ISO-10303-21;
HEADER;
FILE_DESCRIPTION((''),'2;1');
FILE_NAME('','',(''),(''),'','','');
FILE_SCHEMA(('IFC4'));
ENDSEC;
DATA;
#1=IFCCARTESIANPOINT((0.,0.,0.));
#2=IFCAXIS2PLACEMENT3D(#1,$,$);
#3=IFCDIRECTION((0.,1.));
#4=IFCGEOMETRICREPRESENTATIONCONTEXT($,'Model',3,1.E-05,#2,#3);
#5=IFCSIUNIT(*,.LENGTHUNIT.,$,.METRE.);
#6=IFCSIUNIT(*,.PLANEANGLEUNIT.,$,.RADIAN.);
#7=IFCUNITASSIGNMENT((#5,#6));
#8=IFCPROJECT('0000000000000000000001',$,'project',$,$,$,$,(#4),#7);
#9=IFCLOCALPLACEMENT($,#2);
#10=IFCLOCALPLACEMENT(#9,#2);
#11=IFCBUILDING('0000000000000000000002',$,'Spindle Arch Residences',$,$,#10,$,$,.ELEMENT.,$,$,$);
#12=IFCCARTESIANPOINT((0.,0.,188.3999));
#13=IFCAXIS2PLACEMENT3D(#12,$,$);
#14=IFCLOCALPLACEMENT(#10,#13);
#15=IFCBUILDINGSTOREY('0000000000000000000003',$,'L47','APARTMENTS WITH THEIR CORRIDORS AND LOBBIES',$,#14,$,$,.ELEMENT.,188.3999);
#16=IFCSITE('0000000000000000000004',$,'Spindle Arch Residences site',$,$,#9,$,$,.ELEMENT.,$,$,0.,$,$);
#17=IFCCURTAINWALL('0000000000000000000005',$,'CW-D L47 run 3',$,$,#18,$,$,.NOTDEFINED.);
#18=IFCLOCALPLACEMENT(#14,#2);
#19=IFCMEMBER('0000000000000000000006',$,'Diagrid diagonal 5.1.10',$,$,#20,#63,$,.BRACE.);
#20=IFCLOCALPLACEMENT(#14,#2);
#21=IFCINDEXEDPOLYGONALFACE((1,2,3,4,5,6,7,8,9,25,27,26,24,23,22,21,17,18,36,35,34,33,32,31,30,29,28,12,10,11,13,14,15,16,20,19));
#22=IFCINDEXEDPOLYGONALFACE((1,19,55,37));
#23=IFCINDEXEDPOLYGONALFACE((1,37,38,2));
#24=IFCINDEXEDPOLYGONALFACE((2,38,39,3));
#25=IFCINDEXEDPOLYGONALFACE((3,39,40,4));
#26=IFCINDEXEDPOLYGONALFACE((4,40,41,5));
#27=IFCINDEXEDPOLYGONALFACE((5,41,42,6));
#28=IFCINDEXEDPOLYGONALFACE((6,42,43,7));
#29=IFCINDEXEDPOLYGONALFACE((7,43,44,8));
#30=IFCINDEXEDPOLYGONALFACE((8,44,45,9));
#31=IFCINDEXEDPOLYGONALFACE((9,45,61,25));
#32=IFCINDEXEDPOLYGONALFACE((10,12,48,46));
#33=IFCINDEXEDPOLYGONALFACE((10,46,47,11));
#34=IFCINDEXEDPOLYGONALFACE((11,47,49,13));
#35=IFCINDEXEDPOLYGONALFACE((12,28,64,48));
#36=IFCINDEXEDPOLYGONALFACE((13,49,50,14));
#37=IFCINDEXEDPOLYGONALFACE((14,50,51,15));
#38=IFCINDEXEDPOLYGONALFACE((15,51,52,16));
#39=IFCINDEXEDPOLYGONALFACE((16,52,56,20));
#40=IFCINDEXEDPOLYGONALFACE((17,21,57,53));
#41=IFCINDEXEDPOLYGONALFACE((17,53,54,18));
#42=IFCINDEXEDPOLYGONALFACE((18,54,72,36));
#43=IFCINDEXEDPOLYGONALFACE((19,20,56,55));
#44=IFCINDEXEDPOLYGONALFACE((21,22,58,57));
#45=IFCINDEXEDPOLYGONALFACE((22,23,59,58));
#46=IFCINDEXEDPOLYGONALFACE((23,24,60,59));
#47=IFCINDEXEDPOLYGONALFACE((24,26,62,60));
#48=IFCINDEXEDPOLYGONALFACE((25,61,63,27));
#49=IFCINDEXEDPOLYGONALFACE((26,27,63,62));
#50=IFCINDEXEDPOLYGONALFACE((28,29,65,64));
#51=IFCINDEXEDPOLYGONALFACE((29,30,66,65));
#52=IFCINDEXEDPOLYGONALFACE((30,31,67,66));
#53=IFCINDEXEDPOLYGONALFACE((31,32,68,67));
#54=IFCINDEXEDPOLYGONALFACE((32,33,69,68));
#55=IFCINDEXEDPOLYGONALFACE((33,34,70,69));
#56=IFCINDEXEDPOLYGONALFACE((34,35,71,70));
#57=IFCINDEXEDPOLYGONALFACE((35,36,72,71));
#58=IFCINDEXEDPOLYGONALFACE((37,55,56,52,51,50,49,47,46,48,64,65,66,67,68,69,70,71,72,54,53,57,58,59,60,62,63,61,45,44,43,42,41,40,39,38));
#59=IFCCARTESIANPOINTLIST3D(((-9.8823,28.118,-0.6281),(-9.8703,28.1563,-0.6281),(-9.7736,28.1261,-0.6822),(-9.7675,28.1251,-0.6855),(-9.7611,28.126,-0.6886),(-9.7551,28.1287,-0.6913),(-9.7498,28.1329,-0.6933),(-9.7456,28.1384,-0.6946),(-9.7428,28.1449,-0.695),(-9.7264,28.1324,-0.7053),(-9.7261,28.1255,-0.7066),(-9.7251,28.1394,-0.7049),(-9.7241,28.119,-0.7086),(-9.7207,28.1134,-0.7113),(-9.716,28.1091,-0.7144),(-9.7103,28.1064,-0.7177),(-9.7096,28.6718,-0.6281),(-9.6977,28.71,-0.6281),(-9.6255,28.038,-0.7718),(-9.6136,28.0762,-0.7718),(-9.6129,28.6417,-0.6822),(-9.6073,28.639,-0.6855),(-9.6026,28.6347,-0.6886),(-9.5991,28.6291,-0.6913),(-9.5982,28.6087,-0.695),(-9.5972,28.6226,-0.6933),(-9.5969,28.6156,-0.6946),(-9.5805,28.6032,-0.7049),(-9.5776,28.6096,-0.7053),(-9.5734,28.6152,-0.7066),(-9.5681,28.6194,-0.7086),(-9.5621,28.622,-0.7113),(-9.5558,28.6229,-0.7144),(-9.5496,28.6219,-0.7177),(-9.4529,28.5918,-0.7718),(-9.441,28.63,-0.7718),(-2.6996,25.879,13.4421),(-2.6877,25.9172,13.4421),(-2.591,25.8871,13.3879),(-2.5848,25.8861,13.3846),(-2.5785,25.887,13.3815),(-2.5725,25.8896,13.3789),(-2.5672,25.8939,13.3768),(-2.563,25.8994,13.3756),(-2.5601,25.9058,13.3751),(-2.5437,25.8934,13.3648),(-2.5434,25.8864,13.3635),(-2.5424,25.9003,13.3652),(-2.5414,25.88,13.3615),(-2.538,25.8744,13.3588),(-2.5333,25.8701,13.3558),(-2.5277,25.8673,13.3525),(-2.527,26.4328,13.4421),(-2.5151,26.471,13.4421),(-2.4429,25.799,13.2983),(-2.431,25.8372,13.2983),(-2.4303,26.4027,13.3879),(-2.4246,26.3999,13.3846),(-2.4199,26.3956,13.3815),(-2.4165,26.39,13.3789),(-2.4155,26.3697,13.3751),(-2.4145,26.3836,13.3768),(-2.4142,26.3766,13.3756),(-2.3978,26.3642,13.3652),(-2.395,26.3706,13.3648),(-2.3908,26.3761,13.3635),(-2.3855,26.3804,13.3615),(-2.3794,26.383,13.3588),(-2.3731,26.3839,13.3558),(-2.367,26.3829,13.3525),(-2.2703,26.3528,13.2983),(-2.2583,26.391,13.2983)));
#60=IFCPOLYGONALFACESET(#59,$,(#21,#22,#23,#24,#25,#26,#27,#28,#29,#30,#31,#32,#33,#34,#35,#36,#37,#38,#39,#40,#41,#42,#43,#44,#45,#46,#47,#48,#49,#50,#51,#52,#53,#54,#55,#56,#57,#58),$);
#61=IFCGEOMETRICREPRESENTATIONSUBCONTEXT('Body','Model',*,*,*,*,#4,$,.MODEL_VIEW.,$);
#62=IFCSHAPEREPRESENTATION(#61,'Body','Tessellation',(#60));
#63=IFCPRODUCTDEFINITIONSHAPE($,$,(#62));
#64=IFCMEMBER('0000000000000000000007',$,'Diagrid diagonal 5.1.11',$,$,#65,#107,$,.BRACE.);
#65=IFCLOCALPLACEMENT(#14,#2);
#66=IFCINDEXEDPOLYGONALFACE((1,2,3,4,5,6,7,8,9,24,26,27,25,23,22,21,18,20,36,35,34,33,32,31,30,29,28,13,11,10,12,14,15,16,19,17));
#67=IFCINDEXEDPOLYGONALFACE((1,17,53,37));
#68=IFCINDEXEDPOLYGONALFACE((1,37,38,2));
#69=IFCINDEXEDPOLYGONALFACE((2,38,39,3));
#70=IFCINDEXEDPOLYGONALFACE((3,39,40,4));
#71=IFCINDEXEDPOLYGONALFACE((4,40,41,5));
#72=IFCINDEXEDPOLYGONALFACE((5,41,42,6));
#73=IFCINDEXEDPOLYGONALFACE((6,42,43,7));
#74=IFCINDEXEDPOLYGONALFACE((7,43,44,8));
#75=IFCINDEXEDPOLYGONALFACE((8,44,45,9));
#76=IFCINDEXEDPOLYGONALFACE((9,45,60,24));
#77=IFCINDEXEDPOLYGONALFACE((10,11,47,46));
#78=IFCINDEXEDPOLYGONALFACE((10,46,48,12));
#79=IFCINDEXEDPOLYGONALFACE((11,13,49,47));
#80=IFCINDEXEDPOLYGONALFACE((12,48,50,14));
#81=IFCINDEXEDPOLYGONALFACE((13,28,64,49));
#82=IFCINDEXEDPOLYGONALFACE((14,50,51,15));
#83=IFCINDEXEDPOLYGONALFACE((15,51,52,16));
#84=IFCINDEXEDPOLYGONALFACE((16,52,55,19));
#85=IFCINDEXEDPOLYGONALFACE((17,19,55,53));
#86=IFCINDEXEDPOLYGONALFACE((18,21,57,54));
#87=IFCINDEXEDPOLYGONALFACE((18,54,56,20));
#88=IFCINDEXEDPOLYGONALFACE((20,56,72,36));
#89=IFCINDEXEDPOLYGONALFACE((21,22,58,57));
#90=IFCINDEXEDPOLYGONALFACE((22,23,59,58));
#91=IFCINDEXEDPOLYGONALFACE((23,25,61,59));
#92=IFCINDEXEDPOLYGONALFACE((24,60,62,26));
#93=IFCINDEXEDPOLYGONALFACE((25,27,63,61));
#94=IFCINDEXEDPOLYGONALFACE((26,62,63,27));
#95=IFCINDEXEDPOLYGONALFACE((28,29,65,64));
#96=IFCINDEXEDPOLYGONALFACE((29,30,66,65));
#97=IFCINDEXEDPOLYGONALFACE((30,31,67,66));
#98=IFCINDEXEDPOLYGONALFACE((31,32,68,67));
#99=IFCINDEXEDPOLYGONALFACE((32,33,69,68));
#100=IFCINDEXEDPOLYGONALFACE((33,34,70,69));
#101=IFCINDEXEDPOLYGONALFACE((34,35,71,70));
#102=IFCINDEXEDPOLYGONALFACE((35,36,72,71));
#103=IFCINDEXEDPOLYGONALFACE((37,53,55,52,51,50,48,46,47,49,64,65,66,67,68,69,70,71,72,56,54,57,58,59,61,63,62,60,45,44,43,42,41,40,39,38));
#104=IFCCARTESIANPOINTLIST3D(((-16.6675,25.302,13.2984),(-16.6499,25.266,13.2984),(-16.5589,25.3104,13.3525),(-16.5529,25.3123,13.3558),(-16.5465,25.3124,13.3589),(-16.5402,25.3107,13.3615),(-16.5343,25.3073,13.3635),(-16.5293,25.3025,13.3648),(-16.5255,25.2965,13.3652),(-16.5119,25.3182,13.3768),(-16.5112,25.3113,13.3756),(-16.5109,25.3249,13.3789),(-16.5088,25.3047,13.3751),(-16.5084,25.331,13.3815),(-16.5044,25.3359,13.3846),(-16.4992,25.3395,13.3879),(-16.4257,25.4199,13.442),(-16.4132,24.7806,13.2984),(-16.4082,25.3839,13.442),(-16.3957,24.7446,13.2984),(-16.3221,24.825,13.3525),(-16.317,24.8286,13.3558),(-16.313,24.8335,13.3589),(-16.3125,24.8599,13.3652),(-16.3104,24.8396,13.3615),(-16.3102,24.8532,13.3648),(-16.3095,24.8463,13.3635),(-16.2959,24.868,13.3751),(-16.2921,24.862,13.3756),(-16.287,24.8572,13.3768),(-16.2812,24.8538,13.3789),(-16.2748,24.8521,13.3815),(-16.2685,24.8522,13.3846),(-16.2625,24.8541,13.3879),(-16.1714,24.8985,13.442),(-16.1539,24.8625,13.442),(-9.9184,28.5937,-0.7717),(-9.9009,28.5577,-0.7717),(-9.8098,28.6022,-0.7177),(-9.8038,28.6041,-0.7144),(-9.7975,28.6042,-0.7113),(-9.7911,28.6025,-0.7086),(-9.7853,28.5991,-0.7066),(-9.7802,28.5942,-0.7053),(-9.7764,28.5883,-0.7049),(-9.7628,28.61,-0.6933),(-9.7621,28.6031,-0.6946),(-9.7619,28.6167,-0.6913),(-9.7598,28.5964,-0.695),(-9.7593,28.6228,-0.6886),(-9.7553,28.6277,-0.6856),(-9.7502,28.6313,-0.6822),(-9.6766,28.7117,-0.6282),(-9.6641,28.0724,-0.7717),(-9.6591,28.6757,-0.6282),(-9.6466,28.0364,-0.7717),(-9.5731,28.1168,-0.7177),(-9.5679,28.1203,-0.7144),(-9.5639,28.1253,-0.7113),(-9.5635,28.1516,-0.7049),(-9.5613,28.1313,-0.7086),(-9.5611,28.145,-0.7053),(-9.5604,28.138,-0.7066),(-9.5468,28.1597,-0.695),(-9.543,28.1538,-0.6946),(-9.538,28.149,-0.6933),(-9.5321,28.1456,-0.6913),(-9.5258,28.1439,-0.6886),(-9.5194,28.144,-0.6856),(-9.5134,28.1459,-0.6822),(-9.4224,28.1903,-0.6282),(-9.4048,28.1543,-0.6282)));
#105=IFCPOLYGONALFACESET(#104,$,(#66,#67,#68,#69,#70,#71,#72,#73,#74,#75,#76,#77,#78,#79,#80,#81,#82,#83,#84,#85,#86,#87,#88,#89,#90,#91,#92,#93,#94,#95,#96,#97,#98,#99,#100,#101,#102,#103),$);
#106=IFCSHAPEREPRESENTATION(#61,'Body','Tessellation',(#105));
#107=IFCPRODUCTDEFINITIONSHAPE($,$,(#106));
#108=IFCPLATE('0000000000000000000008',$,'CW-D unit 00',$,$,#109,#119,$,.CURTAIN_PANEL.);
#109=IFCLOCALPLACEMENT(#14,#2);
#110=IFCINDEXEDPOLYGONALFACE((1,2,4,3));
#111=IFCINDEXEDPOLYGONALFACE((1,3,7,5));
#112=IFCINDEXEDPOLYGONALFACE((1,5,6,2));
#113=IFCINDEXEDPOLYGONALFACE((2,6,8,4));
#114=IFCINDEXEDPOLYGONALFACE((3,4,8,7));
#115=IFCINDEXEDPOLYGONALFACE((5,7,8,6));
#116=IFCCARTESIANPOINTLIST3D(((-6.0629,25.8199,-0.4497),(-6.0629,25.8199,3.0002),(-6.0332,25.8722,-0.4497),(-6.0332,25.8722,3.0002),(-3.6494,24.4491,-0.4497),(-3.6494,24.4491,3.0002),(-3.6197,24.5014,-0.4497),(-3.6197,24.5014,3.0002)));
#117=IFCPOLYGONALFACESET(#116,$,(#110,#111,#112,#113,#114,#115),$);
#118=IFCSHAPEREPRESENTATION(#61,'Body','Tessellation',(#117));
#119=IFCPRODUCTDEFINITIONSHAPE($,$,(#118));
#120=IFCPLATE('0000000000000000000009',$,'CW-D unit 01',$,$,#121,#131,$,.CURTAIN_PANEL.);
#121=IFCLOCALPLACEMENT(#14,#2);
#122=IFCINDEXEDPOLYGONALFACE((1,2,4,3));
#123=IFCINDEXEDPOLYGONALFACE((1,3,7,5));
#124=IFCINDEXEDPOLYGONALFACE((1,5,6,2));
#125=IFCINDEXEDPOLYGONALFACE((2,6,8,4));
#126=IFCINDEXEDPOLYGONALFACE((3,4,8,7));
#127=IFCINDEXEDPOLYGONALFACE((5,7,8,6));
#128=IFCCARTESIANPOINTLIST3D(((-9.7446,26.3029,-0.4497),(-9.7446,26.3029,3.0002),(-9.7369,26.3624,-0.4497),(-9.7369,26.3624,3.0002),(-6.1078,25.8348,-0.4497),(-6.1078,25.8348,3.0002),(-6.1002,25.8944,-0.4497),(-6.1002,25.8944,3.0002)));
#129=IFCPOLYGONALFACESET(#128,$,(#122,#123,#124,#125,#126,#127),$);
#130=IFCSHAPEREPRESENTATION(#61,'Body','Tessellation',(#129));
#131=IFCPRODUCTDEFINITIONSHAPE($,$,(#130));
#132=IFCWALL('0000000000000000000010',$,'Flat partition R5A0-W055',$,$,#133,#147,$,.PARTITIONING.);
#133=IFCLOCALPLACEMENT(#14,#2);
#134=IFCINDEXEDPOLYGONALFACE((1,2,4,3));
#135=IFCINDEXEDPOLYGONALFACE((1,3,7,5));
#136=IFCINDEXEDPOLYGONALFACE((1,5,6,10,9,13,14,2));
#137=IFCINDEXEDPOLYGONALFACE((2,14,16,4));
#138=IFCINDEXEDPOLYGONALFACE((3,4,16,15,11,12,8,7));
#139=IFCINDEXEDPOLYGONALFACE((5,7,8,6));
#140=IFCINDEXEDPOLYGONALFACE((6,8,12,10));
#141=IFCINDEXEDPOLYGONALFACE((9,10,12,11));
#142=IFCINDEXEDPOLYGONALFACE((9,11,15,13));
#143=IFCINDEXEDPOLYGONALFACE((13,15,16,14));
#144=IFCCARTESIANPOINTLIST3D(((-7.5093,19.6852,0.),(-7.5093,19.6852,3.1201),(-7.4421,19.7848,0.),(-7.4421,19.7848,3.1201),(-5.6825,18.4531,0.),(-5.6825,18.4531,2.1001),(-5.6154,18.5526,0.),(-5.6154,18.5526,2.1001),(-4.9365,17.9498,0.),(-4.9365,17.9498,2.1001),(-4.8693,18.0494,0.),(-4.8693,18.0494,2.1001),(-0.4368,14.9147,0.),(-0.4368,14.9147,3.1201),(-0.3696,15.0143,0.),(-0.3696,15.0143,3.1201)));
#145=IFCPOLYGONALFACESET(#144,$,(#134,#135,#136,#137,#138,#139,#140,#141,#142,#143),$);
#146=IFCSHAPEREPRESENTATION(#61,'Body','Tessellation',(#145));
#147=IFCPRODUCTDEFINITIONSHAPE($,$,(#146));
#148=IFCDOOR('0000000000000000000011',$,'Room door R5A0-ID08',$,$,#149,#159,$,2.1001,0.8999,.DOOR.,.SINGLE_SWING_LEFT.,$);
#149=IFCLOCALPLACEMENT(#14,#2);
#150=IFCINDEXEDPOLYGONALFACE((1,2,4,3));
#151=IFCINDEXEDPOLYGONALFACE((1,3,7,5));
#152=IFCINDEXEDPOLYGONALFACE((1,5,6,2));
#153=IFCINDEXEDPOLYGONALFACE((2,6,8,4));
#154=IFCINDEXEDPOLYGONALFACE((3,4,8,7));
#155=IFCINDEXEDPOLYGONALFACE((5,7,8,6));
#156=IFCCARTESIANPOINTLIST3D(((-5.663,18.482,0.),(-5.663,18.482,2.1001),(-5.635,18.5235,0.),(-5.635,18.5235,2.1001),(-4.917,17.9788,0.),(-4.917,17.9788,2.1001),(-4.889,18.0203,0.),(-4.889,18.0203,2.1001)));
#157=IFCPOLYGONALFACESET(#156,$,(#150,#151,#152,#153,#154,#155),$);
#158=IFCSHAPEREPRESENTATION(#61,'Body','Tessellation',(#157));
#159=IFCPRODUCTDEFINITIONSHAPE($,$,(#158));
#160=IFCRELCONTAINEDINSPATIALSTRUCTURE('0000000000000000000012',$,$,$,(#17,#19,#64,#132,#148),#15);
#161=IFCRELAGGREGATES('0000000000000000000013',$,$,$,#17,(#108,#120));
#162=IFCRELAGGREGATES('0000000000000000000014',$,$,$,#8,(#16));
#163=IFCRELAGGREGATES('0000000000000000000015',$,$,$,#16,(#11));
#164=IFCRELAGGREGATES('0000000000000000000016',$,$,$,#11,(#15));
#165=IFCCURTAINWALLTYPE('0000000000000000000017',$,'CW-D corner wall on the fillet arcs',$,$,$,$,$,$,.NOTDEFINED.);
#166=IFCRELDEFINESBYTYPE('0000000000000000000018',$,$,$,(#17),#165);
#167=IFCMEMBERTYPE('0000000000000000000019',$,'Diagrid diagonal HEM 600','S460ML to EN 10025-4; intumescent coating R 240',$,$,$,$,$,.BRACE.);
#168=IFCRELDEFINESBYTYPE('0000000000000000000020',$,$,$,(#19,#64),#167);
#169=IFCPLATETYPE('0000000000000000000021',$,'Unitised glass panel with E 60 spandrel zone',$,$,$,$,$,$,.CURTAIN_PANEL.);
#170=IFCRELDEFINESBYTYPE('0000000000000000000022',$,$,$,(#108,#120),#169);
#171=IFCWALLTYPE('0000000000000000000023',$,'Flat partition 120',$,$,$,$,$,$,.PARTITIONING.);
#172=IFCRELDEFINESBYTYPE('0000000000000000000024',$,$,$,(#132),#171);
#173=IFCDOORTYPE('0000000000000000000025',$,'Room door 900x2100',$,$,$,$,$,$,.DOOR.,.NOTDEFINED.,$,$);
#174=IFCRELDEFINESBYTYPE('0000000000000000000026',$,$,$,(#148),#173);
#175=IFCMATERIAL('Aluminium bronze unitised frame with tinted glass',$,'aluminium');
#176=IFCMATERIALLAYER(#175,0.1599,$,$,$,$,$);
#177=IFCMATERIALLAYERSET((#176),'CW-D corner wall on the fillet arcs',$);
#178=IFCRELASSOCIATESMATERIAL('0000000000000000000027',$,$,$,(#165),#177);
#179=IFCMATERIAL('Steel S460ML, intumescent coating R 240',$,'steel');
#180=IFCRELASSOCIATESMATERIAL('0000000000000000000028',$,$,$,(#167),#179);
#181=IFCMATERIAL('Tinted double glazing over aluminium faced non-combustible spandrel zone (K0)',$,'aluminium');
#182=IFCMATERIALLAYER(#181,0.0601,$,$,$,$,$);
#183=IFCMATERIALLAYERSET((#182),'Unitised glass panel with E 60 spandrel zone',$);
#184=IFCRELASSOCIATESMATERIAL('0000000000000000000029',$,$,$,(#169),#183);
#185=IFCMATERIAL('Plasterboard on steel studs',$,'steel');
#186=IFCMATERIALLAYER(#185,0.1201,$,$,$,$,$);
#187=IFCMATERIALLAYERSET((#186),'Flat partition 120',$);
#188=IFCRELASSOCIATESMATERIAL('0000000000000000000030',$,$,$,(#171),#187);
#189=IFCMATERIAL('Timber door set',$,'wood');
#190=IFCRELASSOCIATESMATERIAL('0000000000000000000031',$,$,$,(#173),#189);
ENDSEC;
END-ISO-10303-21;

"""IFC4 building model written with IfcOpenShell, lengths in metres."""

from ifc_helpers import new_model, si_unit, direction, frame, frame_2d, origin, origin_2d, place, context, subcontext, project, spatial, rectangle, i_section, extrude, material, layer, layer_set, material_profile, profile_set, type_object, element, fill, aggregate, save


model = new_model("IFC4")

# Units and contexts
model_context = context("Model", 3, precision=1e-05, world=origin(), true_north=direction((0.0, 1.0)))
body_context = subcontext(model_context, "Body", "Model", "MODEL_VIEW")
ifc_project = project(units=[si_unit("LENGTHUNIT", "METRE"), si_unit("PLANEANGLEUNIT", "RADIAN")], contexts=[model_context])

# Site, building, storey
site_placement = place(None, origin())
site = spatial("IfcSite", under=ifc_project, at=site_placement, Name="Spindle Arch Residences site", CompositionType="ELEMENT", RefElevation=0.0)
building_placement = place(site_placement, origin())
building = spatial("IfcBuilding", under=site, at=building_placement, Name="Spindle Arch Residences", CompositionType="ELEMENT")
storey_placement = place(building_placement, frame((0.0, 0.0, 188.3999)))
storey = spatial("IfcBuildingStorey", under=building, at=storey_placement, Name="L47", Description="APARTMENTS WITH THEIR CORRIDORS AND LOBBIES", CompositionType="ELEMENT", Elevation=188.3999)

# Curtain wall
ifc_material_1 = material(Name="Aluminium bronze unitised frame with tinted glass", Category="aluminium")
ifc_layer_1 = layer(ifc_material_1, 0.1599)
ifc_layer_set_1 = layer_set([ifc_layer_1], Name="CW-D corner wall on the fillet arcs")
curtain_wall_type = type_object("IfcCurtainWallType", Name="CW-D corner wall on the fillet arcs", PredefinedType="NOTDEFINED", material=ifc_layer_set_1)
curtain_wall_placement = place(storey_placement, origin())
curtain_wall = element("IfcCurtainWall", 1, at=curtain_wall_placement, inside=storey, type_object=curtain_wall_type, Name="CW-D L47 run 3", PredefinedType="NOTDEFINED")

# Members
ifc_material_2 = material(Name="Steel S460ML, intumescent coating R 240", Category="steel")
ifc_material_profile_1 = material_profile(ifc_material_2, i_section(OverallWidth=0.3049, OverallDepth=0.6201, WebThickness=0.021, FlangeThickness=0.04, FilletRadius=0.0271, at=origin_2d()), Name="HEM 600")
ifc_profile_set_1 = profile_set([ifc_material_profile_1], Name="Steel S460ML, intumescent coating R 240")
member_type_1 = type_object("IfcMemberType", Name="Diagrid diagonal HEM 600", Description="S460ML to EN 10025-4; intumescent coating R 240", PredefinedType="BRACE", material=ifc_profile_set_1)
member_1_placement = place(storey_placement, frame((-9.6616, 28.374, -0.7), z_axis=(0.450173, -0.140331, 0.881846), x_axis=(-0.841889, 0.262439, 0.471538)))
element("IfcMember", 2, at=member_1_placement, inside=storey, type_object=member_type_1, Name="Diagrid diagonal 5.1.10", PredefinedType="BRACE", context=body_context, shape_type="SweptSolid", body=[
    extrude(i_section(OverallWidth=0.3049, OverallDepth=0.6201, WebThickness=0.021, FlangeThickness=0.04, FilletRadius=0.0271, at=origin_2d()), origin(), (0.0, 0.0, 1.0), 15.9553),
])
member_2_placement = place(storey_placement, frame((-9.6616, 28.374, -0.7), z_axis=(-0.423178, -0.2064, 0.882224), x_axis=(0.792936, 0.386744, 0.47083)))
element("IfcMember", 3, at=member_2_placement, inside=storey, type_object=member_type_1, Name="Diagrid diagonal 5.1.11", PredefinedType="BRACE", context=body_context, shape_type="SweptSolid", body=[
    extrude(i_section(OverallWidth=0.3049, OverallDepth=0.6201, WebThickness=0.021, FlangeThickness=0.04, FilletRadius=0.0271, at=origin_2d()), origin(), (0.0, 0.0, 1.0), 15.9485),
])

# Plates
ifc_material_3 = material(Name="Tinted double glazing over aluminium faced non-combustible spandrel zone (K0)", Category="aluminium")
ifc_layer_2 = layer(ifc_material_3, 0.0601)
ifc_layer_set_2 = layer_set([ifc_layer_2], Name="Unitised glass panel with E 60 spandrel zone")
plate_type = type_object("IfcPlateType", Name="Unitised glass panel with E 60 spandrel zone", PredefinedType="CURTAIN_PANEL", material=ifc_layer_set_2)
plate_1_placement = place(storey_placement, frame((-4.8413, 25.1606, -0.4497), z_axis=(0.0, 0.0, 1.0), x_axis=(-0.869539, 0.493865, 0.0)))
plate_1 = element("IfcPlate", 4, at=plate_1_placement, type_object=plate_type, Name="CW-D unit 00", PredefinedType="CURTAIN_PANEL", context=body_context, shape_type="SweptSolid", body=[
    extrude(rectangle(XDim=2.7756, YDim=0.0601, at=origin_2d()), origin(), (0.0, 0.0, 1.0), 3.45),
])
plate_2_placement = place(storey_placement, frame((-7.9224, 26.0986, -0.4497), z_axis=(0.0, 0.0, 1.0), x_axis=(-0.99182, 0.127642, 0.0)))
plate_2 = element("IfcPlate", 5, at=plate_2_placement, type_object=plate_type, Name="CW-D unit 01", PredefinedType="CURTAIN_PANEL", context=body_context, shape_type="SweptSolid", body=[
    extrude(rectangle(XDim=3.6667, YDim=0.0601, at=origin_2d()), origin(), (0.0, 0.0, 1.0), 3.45),
])
aggregate(curtain_wall, [plate_1, plate_2])

# Wall, opening, door
ifc_material_4 = material(Name="Plasterboard on steel studs", Category="steel")
ifc_layer_3 = layer(ifc_material_4, 0.1201)
ifc_layer_set_3 = layer_set([ifc_layer_3], Name="Flat partition 120")
wall_type_1 = type_object("IfcWallType", Name="Flat partition 120", PredefinedType="PARTITIONING", material=ifc_layer_set_3)
wall_1_placement = place(storey_placement, frame((-7.4758, 19.7351, 0.0), z_axis=(0.0, 0.0, 1.0), x_axis=(0.829035, -0.559196, 0.0)))
wall_1 = element("IfcWall", 6, at=wall_1_placement, inside=storey, type_object=wall_type_1, Name="Flat partition R5A0-W055", PredefinedType="PARTITIONING", context=body_context, shape_type="SweptSolid", body=[
    extrude(rectangle(XDim=8.531, YDim=0.1201, at=frame_2d((4.2656, 0.0))), origin(), (0.0, 0.0, 1.0), 3.1201),
])
opening_1_placement = place(wall_1_placement, frame((2.2036, 0.0, 0.0)))
opening_1 = element("IfcOpeningElement", 7, at=opening_1_placement, cuts=wall_1, PredefinedType="OPENING", context=body_context, shape_type="SweptSolid", body=[
    extrude(rectangle(XDim=0.8999, YDim=2.1001, at=frame_2d((0.45, 1.05))), frame((0.0, 0.0701, 0.0), z_axis=(0.0, -1.0, 0.0), x_axis=(1.0, 0.0, 0.0)), (0.0, 0.0, 1.0), 0.1401),
])
ifc_material_5 = material(Name="Timber door set", Category="wood")
door_type = type_object("IfcDoorType", Name="Room door 900x2100", OperationType="NOTDEFINED", PredefinedType="DOOR", material=ifc_material_5)
door_1_placement = place(opening_1_placement, origin())
door_1 = element("IfcDoor", 8, at=door_1_placement, inside=storey, type_object=door_type, Name="Room door R5A0-ID08", OperationType="SINGLE_SWING_LEFT", OverallHeight=2.1001, OverallWidth=0.8999, PredefinedType="DOOR", context=body_context, shape_type="SweptSolid", body=[
    extrude(rectangle(XDim=0.8999, YDim=2.1001, at=frame_2d((0.45, 1.05))), frame((0.0, 0.0249, 0.0), z_axis=(0.0, -1.0, 0.0), x_axis=(1.0, 0.0, 0.0)), (0.0, 0.0, 1.0), 0.05),
])
fill(opening_1, door_1)

save(model, "model.ifc")
